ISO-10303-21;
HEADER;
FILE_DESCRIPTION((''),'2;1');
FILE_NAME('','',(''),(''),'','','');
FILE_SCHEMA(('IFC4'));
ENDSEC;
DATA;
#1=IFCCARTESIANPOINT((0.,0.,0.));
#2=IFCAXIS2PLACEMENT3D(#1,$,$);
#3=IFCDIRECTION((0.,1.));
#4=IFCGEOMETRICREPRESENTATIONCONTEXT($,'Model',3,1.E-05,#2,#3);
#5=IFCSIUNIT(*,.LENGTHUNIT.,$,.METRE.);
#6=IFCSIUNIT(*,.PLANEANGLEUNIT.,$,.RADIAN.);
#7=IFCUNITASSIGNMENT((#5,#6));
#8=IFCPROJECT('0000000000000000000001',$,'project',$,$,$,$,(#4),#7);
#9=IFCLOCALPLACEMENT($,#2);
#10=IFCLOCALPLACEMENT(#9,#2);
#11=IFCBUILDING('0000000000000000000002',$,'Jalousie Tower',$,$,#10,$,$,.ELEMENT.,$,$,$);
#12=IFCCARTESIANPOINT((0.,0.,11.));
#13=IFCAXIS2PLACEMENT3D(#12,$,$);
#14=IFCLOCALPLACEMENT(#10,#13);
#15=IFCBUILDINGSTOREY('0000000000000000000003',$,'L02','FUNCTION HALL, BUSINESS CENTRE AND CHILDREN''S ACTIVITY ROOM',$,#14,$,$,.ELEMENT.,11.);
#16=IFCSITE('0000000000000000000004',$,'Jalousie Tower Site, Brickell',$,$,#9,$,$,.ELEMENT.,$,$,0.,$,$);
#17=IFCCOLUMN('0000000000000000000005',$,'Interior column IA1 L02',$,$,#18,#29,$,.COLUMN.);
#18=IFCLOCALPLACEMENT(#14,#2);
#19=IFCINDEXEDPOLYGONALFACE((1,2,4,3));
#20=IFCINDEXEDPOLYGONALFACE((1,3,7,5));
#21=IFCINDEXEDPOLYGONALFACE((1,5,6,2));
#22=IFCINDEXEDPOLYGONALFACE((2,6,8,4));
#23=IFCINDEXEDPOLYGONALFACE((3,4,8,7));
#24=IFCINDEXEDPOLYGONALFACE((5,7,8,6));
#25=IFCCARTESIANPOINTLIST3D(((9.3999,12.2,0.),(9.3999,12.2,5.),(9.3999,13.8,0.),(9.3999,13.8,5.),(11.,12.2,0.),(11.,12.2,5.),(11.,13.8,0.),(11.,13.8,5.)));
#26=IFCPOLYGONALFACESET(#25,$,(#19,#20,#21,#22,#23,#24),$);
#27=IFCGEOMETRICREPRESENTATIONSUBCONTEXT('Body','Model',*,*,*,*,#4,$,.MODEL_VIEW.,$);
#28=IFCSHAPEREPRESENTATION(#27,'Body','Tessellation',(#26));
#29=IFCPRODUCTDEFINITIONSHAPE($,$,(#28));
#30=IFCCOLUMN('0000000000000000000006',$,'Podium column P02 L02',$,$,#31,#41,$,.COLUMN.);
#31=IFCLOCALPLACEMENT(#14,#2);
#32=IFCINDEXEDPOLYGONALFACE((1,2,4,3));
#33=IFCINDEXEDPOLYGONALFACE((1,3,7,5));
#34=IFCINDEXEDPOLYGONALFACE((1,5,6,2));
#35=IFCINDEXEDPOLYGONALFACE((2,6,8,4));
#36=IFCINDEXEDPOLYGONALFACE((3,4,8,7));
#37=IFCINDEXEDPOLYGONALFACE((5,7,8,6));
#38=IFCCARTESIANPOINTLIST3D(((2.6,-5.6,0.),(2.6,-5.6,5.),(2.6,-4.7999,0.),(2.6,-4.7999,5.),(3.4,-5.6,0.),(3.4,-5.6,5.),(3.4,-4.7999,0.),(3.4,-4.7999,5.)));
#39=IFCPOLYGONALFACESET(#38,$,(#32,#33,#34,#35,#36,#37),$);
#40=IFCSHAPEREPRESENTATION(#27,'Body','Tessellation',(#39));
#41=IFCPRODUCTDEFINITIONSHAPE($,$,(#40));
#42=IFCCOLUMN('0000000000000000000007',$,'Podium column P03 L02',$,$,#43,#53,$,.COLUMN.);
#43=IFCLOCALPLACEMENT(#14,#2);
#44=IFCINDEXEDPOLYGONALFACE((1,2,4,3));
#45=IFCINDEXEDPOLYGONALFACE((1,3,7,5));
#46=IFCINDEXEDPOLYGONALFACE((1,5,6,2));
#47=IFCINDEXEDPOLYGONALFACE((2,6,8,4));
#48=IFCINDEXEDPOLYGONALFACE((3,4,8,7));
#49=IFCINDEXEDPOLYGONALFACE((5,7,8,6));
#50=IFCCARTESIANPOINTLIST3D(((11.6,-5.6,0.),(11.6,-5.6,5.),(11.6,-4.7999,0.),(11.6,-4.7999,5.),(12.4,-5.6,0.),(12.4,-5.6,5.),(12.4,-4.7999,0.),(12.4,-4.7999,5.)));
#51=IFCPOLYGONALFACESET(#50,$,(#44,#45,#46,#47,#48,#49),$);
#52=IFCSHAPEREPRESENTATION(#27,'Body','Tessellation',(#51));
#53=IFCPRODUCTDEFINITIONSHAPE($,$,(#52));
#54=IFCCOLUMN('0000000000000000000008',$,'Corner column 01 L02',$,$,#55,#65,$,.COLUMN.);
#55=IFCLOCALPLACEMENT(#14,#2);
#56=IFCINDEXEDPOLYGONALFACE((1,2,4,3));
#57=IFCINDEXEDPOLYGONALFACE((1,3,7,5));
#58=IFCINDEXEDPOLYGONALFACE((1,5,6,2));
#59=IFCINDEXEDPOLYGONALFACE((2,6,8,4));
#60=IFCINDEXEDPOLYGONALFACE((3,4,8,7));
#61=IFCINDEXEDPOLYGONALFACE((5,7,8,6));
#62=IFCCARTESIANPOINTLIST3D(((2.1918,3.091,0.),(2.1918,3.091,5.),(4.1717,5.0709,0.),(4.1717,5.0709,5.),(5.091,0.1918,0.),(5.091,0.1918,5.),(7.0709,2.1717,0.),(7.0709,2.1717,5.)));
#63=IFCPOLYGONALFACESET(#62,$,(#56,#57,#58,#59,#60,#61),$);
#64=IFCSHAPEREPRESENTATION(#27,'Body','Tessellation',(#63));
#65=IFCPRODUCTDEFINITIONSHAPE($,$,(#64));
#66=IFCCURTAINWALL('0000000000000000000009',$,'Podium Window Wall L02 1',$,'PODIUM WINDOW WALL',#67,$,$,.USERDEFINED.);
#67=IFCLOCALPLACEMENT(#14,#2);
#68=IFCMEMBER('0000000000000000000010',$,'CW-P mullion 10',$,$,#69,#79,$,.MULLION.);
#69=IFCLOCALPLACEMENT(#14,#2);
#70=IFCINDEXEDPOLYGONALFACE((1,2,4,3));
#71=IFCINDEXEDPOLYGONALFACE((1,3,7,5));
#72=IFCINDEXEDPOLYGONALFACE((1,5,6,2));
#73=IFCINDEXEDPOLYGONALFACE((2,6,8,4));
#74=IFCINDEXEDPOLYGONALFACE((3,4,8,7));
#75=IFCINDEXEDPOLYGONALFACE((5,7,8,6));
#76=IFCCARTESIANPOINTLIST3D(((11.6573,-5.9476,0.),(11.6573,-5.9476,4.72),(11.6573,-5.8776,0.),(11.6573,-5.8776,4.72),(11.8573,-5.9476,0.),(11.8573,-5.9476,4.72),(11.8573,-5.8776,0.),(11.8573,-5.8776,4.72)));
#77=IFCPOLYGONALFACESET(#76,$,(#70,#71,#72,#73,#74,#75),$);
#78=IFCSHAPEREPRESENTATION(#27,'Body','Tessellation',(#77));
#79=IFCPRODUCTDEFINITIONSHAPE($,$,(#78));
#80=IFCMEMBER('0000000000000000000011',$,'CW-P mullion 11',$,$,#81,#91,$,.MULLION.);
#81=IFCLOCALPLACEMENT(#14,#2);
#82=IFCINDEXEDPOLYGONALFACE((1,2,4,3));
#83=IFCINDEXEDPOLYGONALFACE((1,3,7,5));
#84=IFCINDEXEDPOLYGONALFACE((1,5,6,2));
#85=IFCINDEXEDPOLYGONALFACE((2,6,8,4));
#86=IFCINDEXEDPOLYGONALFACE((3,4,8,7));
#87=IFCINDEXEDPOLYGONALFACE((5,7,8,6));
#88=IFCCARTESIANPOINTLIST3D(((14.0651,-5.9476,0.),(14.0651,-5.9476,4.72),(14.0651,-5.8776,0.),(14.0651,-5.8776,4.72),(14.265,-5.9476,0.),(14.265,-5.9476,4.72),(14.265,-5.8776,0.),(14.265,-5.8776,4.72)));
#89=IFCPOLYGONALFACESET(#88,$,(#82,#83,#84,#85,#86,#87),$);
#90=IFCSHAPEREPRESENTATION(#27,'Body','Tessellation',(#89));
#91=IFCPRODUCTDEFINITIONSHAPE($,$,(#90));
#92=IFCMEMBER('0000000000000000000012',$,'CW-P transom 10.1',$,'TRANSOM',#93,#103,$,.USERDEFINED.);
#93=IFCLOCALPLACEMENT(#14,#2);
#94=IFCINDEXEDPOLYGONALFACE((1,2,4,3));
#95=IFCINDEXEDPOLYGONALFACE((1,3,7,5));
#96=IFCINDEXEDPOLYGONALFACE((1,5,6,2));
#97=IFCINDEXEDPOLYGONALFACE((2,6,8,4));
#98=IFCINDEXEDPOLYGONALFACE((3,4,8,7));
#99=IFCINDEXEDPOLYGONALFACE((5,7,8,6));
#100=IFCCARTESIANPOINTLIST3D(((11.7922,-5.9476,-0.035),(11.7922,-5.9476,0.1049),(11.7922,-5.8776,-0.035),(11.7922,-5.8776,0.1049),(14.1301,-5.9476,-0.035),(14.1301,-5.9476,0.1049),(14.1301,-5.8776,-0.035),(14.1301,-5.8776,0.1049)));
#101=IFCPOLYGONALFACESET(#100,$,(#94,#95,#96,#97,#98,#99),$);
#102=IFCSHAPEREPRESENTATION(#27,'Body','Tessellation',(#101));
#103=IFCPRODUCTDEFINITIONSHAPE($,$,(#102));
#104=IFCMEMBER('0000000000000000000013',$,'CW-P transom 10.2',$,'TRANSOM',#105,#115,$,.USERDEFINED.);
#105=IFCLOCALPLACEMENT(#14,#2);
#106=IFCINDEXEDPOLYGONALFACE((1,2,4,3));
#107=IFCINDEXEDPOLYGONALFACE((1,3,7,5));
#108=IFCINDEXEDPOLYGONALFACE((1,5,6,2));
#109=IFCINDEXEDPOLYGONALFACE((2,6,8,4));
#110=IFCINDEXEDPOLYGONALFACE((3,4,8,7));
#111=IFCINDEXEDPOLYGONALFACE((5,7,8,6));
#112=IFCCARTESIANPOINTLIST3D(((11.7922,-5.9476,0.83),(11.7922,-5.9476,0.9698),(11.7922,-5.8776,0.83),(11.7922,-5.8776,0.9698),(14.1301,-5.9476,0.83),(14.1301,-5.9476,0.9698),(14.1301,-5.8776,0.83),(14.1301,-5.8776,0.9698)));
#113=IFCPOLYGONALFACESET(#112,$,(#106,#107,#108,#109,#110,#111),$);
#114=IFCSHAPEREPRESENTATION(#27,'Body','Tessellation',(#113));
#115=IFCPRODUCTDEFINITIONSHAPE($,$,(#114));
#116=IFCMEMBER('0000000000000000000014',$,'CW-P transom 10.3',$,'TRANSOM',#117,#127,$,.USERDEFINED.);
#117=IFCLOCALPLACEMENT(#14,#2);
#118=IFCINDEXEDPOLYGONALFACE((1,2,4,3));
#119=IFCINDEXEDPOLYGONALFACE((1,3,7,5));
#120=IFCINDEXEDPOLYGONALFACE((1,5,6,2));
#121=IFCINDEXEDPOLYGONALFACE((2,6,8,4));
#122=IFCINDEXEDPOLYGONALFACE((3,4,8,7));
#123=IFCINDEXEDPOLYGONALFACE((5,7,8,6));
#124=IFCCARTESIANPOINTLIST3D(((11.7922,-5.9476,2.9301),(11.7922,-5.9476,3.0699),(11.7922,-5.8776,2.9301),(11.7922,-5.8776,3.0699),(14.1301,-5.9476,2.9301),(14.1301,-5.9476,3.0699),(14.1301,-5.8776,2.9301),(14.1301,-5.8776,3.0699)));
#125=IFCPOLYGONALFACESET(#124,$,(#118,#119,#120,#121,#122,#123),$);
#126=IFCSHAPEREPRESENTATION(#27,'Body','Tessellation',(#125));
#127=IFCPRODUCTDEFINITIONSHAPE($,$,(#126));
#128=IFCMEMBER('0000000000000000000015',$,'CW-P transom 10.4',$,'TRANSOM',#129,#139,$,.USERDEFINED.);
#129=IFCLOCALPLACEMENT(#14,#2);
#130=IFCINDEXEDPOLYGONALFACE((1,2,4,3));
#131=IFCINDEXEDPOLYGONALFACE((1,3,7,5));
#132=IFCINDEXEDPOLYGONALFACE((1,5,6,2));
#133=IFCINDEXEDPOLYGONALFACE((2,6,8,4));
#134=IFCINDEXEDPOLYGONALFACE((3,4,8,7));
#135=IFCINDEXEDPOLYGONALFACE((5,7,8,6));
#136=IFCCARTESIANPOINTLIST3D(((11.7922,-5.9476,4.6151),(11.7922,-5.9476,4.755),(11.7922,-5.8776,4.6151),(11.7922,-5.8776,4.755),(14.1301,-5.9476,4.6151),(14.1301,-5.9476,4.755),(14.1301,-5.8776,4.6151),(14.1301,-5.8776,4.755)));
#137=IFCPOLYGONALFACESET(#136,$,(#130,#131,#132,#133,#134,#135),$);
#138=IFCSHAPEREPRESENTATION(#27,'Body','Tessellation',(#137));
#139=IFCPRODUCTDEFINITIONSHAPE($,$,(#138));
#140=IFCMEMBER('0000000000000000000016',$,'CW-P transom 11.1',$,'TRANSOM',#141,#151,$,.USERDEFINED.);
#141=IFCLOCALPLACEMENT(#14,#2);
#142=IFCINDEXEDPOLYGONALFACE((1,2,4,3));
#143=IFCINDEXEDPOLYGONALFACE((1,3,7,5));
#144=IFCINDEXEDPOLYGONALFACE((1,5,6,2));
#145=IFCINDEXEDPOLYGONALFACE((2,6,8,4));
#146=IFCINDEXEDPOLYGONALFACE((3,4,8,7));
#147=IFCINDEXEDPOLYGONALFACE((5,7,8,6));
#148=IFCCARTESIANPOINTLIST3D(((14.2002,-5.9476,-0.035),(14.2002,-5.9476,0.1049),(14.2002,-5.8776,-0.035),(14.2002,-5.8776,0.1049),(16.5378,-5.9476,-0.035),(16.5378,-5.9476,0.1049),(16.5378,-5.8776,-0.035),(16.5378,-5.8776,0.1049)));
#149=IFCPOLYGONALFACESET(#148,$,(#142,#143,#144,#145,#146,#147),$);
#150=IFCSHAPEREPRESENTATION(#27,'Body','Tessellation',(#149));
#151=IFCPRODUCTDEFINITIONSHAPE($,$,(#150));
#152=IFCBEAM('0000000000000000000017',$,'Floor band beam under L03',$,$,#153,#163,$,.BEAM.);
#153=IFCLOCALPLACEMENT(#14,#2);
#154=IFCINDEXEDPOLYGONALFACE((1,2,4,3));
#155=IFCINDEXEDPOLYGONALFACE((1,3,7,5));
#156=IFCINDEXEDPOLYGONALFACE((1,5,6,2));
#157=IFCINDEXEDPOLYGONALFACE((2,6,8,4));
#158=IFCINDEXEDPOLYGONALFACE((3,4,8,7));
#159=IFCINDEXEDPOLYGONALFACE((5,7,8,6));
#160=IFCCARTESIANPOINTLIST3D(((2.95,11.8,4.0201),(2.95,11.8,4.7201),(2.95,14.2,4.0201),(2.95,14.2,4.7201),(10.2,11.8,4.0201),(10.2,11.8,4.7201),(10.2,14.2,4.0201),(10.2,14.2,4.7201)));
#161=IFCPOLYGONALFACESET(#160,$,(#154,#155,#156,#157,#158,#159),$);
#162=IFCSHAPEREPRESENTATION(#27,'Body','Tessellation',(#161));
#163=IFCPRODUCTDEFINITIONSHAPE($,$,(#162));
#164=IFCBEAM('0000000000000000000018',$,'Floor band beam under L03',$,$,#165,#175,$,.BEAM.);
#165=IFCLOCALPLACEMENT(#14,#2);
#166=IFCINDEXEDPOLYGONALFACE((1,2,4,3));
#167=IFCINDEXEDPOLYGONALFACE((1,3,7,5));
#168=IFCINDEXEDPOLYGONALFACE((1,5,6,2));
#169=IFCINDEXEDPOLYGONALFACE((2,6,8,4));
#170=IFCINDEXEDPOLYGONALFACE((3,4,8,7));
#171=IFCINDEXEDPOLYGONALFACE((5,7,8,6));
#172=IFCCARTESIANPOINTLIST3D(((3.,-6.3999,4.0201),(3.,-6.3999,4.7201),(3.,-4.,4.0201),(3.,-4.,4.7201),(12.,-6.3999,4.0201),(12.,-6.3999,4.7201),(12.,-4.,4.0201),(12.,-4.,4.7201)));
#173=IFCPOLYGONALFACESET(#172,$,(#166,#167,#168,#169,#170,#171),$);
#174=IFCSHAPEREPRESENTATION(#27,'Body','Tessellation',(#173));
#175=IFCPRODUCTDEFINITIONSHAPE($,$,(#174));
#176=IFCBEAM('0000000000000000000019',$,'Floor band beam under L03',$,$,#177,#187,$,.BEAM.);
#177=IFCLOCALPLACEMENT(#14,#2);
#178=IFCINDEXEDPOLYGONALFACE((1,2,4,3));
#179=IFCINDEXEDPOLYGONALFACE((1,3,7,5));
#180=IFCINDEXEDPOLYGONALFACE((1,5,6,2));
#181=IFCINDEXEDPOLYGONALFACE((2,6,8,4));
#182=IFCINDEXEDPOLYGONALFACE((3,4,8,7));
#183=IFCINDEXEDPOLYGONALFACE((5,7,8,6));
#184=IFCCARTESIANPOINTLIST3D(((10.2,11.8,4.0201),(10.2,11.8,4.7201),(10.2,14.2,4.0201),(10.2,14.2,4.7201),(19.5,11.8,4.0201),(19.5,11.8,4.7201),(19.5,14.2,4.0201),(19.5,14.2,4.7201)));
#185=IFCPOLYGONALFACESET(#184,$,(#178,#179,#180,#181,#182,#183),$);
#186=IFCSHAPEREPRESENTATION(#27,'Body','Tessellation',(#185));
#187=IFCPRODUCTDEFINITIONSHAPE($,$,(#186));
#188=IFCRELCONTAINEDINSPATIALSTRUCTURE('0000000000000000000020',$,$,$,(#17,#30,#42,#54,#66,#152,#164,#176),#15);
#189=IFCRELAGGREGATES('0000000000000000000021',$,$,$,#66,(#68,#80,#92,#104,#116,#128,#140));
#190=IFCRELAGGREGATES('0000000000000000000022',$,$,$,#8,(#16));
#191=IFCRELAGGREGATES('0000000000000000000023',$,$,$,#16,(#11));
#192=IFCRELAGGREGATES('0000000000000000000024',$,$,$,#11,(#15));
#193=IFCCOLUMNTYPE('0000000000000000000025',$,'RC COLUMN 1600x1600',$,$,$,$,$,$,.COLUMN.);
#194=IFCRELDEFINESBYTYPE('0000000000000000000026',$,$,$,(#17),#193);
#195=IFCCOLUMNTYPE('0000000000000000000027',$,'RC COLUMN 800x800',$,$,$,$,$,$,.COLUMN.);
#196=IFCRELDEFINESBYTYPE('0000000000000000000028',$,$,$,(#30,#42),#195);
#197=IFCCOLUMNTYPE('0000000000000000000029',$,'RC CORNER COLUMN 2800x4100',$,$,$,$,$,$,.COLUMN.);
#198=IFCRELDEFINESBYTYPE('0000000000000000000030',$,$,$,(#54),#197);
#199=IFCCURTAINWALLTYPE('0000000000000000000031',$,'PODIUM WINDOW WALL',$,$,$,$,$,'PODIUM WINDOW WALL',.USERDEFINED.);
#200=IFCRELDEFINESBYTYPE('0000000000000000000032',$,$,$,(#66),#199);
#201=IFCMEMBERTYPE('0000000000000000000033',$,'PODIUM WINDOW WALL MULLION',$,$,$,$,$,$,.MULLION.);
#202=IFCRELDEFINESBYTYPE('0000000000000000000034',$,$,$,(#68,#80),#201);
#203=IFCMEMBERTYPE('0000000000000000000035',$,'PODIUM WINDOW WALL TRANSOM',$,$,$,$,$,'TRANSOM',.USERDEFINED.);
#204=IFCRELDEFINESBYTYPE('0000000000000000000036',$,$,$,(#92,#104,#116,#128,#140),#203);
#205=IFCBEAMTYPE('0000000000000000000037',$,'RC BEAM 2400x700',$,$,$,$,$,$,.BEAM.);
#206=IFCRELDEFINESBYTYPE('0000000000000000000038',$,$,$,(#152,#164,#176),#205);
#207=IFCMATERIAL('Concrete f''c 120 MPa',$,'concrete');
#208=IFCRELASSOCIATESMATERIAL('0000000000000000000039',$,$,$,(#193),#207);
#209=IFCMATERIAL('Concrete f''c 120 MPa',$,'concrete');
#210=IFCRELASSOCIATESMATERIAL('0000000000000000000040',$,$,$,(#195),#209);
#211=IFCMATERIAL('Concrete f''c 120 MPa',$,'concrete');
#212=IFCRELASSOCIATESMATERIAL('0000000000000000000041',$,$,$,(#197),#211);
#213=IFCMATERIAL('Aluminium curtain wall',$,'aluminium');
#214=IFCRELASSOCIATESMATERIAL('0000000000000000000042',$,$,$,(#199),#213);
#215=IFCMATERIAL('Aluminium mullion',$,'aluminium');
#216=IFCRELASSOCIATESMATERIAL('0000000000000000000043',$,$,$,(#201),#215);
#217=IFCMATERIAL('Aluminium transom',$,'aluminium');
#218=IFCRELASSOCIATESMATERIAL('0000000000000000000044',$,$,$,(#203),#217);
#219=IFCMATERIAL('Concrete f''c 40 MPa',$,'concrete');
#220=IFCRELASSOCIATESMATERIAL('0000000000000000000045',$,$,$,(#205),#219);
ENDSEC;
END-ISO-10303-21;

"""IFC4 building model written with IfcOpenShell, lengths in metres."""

from ifc_helpers import new_model, si_unit, direction, frame, origin, origin_2d, place, context, subcontext, project, spatial, rectangle, extrude, material, material_profile, profile_set, type_object, element, aggregate, save


model = new_model("IFC4")

# Units and contexts
model_context = context("Model", 3, precision=1e-05, world=origin(), true_north=direction((0.0, 1.0)))
body_context = subcontext(model_context, "Body", "Model", "MODEL_VIEW")
ifc_project = project(units=[si_unit("LENGTHUNIT", "METRE"), si_unit("PLANEANGLEUNIT", "RADIAN")], contexts=[model_context])

# Site, building, storey
site_placement = place(None, origin())
site = spatial("IfcSite", under=ifc_project, at=site_placement, Name="Jalousie Tower Site, Brickell", CompositionType="ELEMENT", RefElevation=0.0)
building_placement = place(site_placement, origin())
building = spatial("IfcBuilding", under=site, at=building_placement, Name="Jalousie Tower", CompositionType="ELEMENT")
storey_placement = place(building_placement, frame((0.0, 0.0, 11.0)))
storey = spatial("IfcBuildingStorey", under=building, at=storey_placement, Name="L02", Description="FUNCTION HALL, BUSINESS CENTRE AND CHILDREN'S ACTIVITY ROOM", CompositionType="ELEMENT", Elevation=11.0)

# Columns
ifc_material_1 = material(Name="Concrete f'c 120 MPa", Category="concrete")
ifc_material_profile_1 = material_profile(ifc_material_1, rectangle(XDim=1.6001, YDim=1.6001, at=origin_2d()), Name="RC 1600x1600")
ifc_profile_set_1 = profile_set([ifc_material_profile_1], Name="Concrete f'c 120 MPa")
column_type_1 = type_object("IfcColumnType", Name="RC COLUMN 1600x1600", PredefinedType="COLUMN", material=ifc_profile_set_1)
column_1_placement = place(storey_placement, frame((10.2, 13.0, 0.0), z_axis=(0.0, 0.0, 1.0), x_axis=(1.0, 0.0, 0.0)))
element("IfcColumn", 1, at=column_1_placement, inside=storey, type_object=column_type_1, Name="Interior column IA1 L02", PredefinedType="COLUMN", context=body_context, shape_type="SweptSolid", body=[
    extrude(rectangle(XDim=1.6001, YDim=1.6001, at=origin_2d()), origin(), (0.0, 0.0, 1.0), 5.0),
])
ifc_material_2 = material(Name="Concrete f'c 120 MPa", Category="concrete")
ifc_material_profile_2 = material_profile(ifc_material_2, rectangle(XDim=0.8, YDim=0.8, at=origin_2d()), Name="RC 800x800")
ifc_profile_set_2 = profile_set([ifc_material_profile_2], Name="Concrete f'c 120 MPa")
column_type_2 = type_object("IfcColumnType", Name="RC COLUMN 800x800", PredefinedType="COLUMN", material=ifc_profile_set_2)
for number, where, z_axis, x_axis, name in (
    (2, (3.0, -5.2, 0.0), (0.0, 0.0, 1.0), (1.0, 0.0, 0.0), "Podium column P02 L02"),
    (3, (12.0, -5.2, 0.0), (0.0, 0.0, 1.0), (1.0, 0.0, 0.0), "Podium column P03 L02"),
):
    element("IfcColumn", number, at=place(storey_placement, frame(where, z_axis=z_axis, x_axis=x_axis)), inside=storey, type_object=column_type_2, Name=name, PredefinedType="COLUMN", context=body_context, shape_type="SweptSolid", body=[
        extrude(rectangle(XDim=0.8, YDim=0.8, at=origin_2d()), origin(), (0.0, 0.0, 1.0), 5.0),
    ])
ifc_material_3 = material(Name="Concrete f'c 120 MPa", Category="concrete")
ifc_material_profile_3 = material_profile(ifc_material_3, rectangle(XDim=2.8, YDim=4.1001, at=origin_2d()), Name="RC 2800x4100")
ifc_profile_set_3 = profile_set([ifc_material_profile_3], Name="Concrete f'c 120 MPa")
column_type_3 = type_object("IfcColumnType", Name="RC CORNER COLUMN 2800x4100", PredefinedType="COLUMN", material=ifc_profile_set_3)
column_2_placement = place(storey_placement, frame((4.6313, 2.6313, 0.0), z_axis=(0.0, 0.0, 1.0), x_axis=(0.707107, 0.707107, 0.0)))
element("IfcColumn", 4, at=column_2_placement, inside=storey, type_object=column_type_3, Name="Corner column 01 L02", PredefinedType="COLUMN", context=body_context, shape_type="SweptSolid", body=[
    extrude(rectangle(XDim=2.8, YDim=4.1001, at=origin_2d()), origin(), (0.0, 0.0, 1.0), 5.0),
])

# Curtain wall, members
ifc_material_4 = material(Name="Aluminium curtain wall", Category="aluminium")
curtain_wall_type = type_object("IfcCurtainWallType", Name="PODIUM WINDOW WALL", ElementType="PODIUM WINDOW WALL", PredefinedType="USERDEFINED", material=ifc_material_4)
curtain_wall_placement = place(storey_placement, origin())
curtain_wall = element("IfcCurtainWall", 5, at=curtain_wall_placement, inside=storey, type_object=curtain_wall_type, Name="Podium Window Wall L02 1", ObjectType="PODIUM WINDOW WALL", PredefinedType="USERDEFINED")
ifc_material_5 = material(Name="Aluminium mullion", Category="aluminium")
ifc_material_profile_4 = material_profile(ifc_material_5, rectangle(XDim=0.0701, YDim=0.2, at=origin_2d()), Name="MULLION 70x200")
ifc_profile_set_4 = profile_set([ifc_material_profile_4], Name="Aluminium mullion")
member_type_1 = type_object("IfcMemberType", Name="PODIUM WINDOW WALL MULLION", PredefinedType="MULLION", material=ifc_profile_set_4)
member_1_placement = place(storey_placement, frame((11.7573, -5.9126, 0.0), z_axis=(0.0, 0.0, 1.0), x_axis=(0.0, 1.0, 0.0)))
member_1 = element("IfcMember", 6, at=member_1_placement, type_object=member_type_1, Name="CW-P mullion 10", PredefinedType="MULLION", context=body_context, shape_type="SweptSolid", body=[
    extrude(rectangle(XDim=0.0701, YDim=0.2, at=origin_2d()), origin(), (0.0, 0.0, 1.0), 4.72),
])
member_2_placement = place(storey_placement, frame((14.165, -5.9126, 0.0), z_axis=(0.0, 0.0, 1.0), x_axis=(0.0, 1.0, 0.0)))
member_2 = element("IfcMember", 7, at=member_2_placement, type_object=member_type_1, Name="CW-P mullion 11", PredefinedType="MULLION", context=body_context, shape_type="SweptSolid", body=[
    extrude(rectangle(XDim=0.0701, YDim=0.2, at=origin_2d()), origin(), (0.0, 0.0, 1.0), 4.72),
])
ifc_material_6 = material(Name="Aluminium transom", Category="aluminium")
ifc_material_profile_5 = material_profile(ifc_material_6, rectangle(XDim=0.0701, YDim=0.1399, at=origin_2d()), Name="TRANSOM 70x140")
ifc_profile_set_5 = profile_set([ifc_material_profile_5], Name="Aluminium transom")
member_type_2 = type_object("IfcMemberType", Name="PODIUM WINDOW WALL TRANSOM", ElementType="TRANSOM", PredefinedType="USERDEFINED", material=ifc_profile_set_5)
member_3_placement = place(storey_placement, frame((11.7922, -5.9126, 0.0349), z_axis=(1.0, 0.0, 0.0), x_axis=(0.0, 1.0, 0.0)))
member_3 = element("IfcMember", 8, at=member_3_placement, type_object=member_type_2, Name="CW-P transom 10.1", ObjectType="TRANSOM", PredefinedType="USERDEFINED", context=body_context, shape_type="SweptSolid", body=[
    extrude(rectangle(XDim=0.0701, YDim=0.1399, at=origin_2d()), origin(), (0.0, 0.0, 1.0), 2.3379),
])
member_4_placement = place(storey_placement, frame((11.7922, -5.9126, 0.8999), z_axis=(1.0, 0.0, 0.0), x_axis=(0.0, 1.0, 0.0)))
member_4 = element("IfcMember", 9, at=member_4_placement, type_object=member_type_2, Name="CW-P transom 10.2", ObjectType="TRANSOM", PredefinedType="USERDEFINED", context=body_context, shape_type="SweptSolid", body=[
    extrude(rectangle(XDim=0.0701, YDim=0.1399, at=origin_2d()), origin(), (0.0, 0.0, 1.0), 2.3379),
])
member_5_placement = place(storey_placement, frame((11.7922, -5.9126, 3.0), z_axis=(1.0, 0.0, 0.0), x_axis=(0.0, 1.0, 0.0)))
member_5 = element("IfcMember", 10, at=member_5_placement, type_object=member_type_2, Name="CW-P transom 10.3", ObjectType="TRANSOM", PredefinedType="USERDEFINED", context=body_context, shape_type="SweptSolid", body=[
    extrude(rectangle(XDim=0.0701, YDim=0.1399, at=origin_2d()), origin(), (0.0, 0.0, 1.0), 2.3379),
])
member_6_placement = place(storey_placement, frame((11.7922, -5.9126, 4.6851), z_axis=(1.0, 0.0, 0.0), x_axis=(0.0, 1.0, 0.0)))
member_6 = element("IfcMember", 11, at=member_6_placement, type_object=member_type_2, Name="CW-P transom 10.4", ObjectType="TRANSOM", PredefinedType="USERDEFINED", context=body_context, shape_type="SweptSolid", body=[
    extrude(rectangle(XDim=0.0701, YDim=0.1399, at=origin_2d()), origin(), (0.0, 0.0, 1.0), 2.3379),
])
member_7_placement = place(storey_placement, frame((14.2002, -5.9126, 0.0349), z_axis=(1.0, 0.0, 0.0), x_axis=(0.0, 1.0, 0.0)))
member_7 = element("IfcMember", 12, at=member_7_placement, type_object=member_type_2, Name="CW-P transom 11.1", ObjectType="TRANSOM", PredefinedType="USERDEFINED", context=body_context, shape_type="SweptSolid", body=[
    extrude(rectangle(XDim=0.0701, YDim=0.1399, at=origin_2d()), origin(), (0.0, 0.0, 1.0), 2.3376),
])

# Beams
ifc_material_7 = material(Name="Concrete f'c 40 MPa", Category="concrete")
ifc_material_profile_6 = material_profile(ifc_material_7, rectangle(XDim=2.3999, YDim=0.7, at=origin_2d()), Name="RC 2400x700")
ifc_profile_set_6 = profile_set([ifc_material_profile_6], Name="Concrete f'c 40 MPa")
beam_type_1 = type_object("IfcBeamType", Name="RC BEAM 2400x700", PredefinedType="BEAM", material=ifc_profile_set_6)
beam_1_placement = place(storey_placement, frame((2.95, 13.0, 4.3701), z_axis=(1.0, 0.0, 0.0), x_axis=(0.0, 1.0, 0.0)))
element("IfcBeam", 13, at=beam_1_placement, inside=storey, type_object=beam_type_1, Name="Floor band beam under L03", PredefinedType="BEAM", context=body_context, shape_type="SweptSolid", body=[
    extrude(rectangle(XDim=2.3999, YDim=0.7, at=origin_2d()), origin(), (0.0, 0.0, 1.0), 7.25),
])
beam_2_placement = place(storey_placement, frame((3.0, -5.2, 4.3701), z_axis=(1.0, 0.0, 0.0), x_axis=(0.0, 1.0, 0.0)))
element("IfcBeam", 14, at=beam_2_placement, inside=storey, type_object=beam_type_1, Name="Floor band beam under L03", PredefinedType="BEAM", context=body_context, shape_type="SweptSolid", body=[
    extrude(rectangle(XDim=2.3999, YDim=0.7, at=origin_2d()), origin(), (0.0, 0.0, 1.0), 9.0),
])
beam_3_placement = place(storey_placement, frame((10.2, 13.0, 4.3701), z_axis=(1.0, 0.0, 0.0), x_axis=(0.0, 1.0, 0.0)))
element("IfcBeam", 15, at=beam_3_placement, inside=storey, type_object=beam_type_1, Name="Floor band beam under L03", PredefinedType="BEAM", context=body_context, shape_type="SweptSolid", body=[
    extrude(rectangle(XDim=2.3999, YDim=0.7, at=origin_2d()), origin(), (0.0, 0.0, 1.0), 9.3),
])

aggregate(curtain_wall, [member_1, member_2, member_3, member_4, member_5, member_6, member_7])

save(model, "model.ifc")
